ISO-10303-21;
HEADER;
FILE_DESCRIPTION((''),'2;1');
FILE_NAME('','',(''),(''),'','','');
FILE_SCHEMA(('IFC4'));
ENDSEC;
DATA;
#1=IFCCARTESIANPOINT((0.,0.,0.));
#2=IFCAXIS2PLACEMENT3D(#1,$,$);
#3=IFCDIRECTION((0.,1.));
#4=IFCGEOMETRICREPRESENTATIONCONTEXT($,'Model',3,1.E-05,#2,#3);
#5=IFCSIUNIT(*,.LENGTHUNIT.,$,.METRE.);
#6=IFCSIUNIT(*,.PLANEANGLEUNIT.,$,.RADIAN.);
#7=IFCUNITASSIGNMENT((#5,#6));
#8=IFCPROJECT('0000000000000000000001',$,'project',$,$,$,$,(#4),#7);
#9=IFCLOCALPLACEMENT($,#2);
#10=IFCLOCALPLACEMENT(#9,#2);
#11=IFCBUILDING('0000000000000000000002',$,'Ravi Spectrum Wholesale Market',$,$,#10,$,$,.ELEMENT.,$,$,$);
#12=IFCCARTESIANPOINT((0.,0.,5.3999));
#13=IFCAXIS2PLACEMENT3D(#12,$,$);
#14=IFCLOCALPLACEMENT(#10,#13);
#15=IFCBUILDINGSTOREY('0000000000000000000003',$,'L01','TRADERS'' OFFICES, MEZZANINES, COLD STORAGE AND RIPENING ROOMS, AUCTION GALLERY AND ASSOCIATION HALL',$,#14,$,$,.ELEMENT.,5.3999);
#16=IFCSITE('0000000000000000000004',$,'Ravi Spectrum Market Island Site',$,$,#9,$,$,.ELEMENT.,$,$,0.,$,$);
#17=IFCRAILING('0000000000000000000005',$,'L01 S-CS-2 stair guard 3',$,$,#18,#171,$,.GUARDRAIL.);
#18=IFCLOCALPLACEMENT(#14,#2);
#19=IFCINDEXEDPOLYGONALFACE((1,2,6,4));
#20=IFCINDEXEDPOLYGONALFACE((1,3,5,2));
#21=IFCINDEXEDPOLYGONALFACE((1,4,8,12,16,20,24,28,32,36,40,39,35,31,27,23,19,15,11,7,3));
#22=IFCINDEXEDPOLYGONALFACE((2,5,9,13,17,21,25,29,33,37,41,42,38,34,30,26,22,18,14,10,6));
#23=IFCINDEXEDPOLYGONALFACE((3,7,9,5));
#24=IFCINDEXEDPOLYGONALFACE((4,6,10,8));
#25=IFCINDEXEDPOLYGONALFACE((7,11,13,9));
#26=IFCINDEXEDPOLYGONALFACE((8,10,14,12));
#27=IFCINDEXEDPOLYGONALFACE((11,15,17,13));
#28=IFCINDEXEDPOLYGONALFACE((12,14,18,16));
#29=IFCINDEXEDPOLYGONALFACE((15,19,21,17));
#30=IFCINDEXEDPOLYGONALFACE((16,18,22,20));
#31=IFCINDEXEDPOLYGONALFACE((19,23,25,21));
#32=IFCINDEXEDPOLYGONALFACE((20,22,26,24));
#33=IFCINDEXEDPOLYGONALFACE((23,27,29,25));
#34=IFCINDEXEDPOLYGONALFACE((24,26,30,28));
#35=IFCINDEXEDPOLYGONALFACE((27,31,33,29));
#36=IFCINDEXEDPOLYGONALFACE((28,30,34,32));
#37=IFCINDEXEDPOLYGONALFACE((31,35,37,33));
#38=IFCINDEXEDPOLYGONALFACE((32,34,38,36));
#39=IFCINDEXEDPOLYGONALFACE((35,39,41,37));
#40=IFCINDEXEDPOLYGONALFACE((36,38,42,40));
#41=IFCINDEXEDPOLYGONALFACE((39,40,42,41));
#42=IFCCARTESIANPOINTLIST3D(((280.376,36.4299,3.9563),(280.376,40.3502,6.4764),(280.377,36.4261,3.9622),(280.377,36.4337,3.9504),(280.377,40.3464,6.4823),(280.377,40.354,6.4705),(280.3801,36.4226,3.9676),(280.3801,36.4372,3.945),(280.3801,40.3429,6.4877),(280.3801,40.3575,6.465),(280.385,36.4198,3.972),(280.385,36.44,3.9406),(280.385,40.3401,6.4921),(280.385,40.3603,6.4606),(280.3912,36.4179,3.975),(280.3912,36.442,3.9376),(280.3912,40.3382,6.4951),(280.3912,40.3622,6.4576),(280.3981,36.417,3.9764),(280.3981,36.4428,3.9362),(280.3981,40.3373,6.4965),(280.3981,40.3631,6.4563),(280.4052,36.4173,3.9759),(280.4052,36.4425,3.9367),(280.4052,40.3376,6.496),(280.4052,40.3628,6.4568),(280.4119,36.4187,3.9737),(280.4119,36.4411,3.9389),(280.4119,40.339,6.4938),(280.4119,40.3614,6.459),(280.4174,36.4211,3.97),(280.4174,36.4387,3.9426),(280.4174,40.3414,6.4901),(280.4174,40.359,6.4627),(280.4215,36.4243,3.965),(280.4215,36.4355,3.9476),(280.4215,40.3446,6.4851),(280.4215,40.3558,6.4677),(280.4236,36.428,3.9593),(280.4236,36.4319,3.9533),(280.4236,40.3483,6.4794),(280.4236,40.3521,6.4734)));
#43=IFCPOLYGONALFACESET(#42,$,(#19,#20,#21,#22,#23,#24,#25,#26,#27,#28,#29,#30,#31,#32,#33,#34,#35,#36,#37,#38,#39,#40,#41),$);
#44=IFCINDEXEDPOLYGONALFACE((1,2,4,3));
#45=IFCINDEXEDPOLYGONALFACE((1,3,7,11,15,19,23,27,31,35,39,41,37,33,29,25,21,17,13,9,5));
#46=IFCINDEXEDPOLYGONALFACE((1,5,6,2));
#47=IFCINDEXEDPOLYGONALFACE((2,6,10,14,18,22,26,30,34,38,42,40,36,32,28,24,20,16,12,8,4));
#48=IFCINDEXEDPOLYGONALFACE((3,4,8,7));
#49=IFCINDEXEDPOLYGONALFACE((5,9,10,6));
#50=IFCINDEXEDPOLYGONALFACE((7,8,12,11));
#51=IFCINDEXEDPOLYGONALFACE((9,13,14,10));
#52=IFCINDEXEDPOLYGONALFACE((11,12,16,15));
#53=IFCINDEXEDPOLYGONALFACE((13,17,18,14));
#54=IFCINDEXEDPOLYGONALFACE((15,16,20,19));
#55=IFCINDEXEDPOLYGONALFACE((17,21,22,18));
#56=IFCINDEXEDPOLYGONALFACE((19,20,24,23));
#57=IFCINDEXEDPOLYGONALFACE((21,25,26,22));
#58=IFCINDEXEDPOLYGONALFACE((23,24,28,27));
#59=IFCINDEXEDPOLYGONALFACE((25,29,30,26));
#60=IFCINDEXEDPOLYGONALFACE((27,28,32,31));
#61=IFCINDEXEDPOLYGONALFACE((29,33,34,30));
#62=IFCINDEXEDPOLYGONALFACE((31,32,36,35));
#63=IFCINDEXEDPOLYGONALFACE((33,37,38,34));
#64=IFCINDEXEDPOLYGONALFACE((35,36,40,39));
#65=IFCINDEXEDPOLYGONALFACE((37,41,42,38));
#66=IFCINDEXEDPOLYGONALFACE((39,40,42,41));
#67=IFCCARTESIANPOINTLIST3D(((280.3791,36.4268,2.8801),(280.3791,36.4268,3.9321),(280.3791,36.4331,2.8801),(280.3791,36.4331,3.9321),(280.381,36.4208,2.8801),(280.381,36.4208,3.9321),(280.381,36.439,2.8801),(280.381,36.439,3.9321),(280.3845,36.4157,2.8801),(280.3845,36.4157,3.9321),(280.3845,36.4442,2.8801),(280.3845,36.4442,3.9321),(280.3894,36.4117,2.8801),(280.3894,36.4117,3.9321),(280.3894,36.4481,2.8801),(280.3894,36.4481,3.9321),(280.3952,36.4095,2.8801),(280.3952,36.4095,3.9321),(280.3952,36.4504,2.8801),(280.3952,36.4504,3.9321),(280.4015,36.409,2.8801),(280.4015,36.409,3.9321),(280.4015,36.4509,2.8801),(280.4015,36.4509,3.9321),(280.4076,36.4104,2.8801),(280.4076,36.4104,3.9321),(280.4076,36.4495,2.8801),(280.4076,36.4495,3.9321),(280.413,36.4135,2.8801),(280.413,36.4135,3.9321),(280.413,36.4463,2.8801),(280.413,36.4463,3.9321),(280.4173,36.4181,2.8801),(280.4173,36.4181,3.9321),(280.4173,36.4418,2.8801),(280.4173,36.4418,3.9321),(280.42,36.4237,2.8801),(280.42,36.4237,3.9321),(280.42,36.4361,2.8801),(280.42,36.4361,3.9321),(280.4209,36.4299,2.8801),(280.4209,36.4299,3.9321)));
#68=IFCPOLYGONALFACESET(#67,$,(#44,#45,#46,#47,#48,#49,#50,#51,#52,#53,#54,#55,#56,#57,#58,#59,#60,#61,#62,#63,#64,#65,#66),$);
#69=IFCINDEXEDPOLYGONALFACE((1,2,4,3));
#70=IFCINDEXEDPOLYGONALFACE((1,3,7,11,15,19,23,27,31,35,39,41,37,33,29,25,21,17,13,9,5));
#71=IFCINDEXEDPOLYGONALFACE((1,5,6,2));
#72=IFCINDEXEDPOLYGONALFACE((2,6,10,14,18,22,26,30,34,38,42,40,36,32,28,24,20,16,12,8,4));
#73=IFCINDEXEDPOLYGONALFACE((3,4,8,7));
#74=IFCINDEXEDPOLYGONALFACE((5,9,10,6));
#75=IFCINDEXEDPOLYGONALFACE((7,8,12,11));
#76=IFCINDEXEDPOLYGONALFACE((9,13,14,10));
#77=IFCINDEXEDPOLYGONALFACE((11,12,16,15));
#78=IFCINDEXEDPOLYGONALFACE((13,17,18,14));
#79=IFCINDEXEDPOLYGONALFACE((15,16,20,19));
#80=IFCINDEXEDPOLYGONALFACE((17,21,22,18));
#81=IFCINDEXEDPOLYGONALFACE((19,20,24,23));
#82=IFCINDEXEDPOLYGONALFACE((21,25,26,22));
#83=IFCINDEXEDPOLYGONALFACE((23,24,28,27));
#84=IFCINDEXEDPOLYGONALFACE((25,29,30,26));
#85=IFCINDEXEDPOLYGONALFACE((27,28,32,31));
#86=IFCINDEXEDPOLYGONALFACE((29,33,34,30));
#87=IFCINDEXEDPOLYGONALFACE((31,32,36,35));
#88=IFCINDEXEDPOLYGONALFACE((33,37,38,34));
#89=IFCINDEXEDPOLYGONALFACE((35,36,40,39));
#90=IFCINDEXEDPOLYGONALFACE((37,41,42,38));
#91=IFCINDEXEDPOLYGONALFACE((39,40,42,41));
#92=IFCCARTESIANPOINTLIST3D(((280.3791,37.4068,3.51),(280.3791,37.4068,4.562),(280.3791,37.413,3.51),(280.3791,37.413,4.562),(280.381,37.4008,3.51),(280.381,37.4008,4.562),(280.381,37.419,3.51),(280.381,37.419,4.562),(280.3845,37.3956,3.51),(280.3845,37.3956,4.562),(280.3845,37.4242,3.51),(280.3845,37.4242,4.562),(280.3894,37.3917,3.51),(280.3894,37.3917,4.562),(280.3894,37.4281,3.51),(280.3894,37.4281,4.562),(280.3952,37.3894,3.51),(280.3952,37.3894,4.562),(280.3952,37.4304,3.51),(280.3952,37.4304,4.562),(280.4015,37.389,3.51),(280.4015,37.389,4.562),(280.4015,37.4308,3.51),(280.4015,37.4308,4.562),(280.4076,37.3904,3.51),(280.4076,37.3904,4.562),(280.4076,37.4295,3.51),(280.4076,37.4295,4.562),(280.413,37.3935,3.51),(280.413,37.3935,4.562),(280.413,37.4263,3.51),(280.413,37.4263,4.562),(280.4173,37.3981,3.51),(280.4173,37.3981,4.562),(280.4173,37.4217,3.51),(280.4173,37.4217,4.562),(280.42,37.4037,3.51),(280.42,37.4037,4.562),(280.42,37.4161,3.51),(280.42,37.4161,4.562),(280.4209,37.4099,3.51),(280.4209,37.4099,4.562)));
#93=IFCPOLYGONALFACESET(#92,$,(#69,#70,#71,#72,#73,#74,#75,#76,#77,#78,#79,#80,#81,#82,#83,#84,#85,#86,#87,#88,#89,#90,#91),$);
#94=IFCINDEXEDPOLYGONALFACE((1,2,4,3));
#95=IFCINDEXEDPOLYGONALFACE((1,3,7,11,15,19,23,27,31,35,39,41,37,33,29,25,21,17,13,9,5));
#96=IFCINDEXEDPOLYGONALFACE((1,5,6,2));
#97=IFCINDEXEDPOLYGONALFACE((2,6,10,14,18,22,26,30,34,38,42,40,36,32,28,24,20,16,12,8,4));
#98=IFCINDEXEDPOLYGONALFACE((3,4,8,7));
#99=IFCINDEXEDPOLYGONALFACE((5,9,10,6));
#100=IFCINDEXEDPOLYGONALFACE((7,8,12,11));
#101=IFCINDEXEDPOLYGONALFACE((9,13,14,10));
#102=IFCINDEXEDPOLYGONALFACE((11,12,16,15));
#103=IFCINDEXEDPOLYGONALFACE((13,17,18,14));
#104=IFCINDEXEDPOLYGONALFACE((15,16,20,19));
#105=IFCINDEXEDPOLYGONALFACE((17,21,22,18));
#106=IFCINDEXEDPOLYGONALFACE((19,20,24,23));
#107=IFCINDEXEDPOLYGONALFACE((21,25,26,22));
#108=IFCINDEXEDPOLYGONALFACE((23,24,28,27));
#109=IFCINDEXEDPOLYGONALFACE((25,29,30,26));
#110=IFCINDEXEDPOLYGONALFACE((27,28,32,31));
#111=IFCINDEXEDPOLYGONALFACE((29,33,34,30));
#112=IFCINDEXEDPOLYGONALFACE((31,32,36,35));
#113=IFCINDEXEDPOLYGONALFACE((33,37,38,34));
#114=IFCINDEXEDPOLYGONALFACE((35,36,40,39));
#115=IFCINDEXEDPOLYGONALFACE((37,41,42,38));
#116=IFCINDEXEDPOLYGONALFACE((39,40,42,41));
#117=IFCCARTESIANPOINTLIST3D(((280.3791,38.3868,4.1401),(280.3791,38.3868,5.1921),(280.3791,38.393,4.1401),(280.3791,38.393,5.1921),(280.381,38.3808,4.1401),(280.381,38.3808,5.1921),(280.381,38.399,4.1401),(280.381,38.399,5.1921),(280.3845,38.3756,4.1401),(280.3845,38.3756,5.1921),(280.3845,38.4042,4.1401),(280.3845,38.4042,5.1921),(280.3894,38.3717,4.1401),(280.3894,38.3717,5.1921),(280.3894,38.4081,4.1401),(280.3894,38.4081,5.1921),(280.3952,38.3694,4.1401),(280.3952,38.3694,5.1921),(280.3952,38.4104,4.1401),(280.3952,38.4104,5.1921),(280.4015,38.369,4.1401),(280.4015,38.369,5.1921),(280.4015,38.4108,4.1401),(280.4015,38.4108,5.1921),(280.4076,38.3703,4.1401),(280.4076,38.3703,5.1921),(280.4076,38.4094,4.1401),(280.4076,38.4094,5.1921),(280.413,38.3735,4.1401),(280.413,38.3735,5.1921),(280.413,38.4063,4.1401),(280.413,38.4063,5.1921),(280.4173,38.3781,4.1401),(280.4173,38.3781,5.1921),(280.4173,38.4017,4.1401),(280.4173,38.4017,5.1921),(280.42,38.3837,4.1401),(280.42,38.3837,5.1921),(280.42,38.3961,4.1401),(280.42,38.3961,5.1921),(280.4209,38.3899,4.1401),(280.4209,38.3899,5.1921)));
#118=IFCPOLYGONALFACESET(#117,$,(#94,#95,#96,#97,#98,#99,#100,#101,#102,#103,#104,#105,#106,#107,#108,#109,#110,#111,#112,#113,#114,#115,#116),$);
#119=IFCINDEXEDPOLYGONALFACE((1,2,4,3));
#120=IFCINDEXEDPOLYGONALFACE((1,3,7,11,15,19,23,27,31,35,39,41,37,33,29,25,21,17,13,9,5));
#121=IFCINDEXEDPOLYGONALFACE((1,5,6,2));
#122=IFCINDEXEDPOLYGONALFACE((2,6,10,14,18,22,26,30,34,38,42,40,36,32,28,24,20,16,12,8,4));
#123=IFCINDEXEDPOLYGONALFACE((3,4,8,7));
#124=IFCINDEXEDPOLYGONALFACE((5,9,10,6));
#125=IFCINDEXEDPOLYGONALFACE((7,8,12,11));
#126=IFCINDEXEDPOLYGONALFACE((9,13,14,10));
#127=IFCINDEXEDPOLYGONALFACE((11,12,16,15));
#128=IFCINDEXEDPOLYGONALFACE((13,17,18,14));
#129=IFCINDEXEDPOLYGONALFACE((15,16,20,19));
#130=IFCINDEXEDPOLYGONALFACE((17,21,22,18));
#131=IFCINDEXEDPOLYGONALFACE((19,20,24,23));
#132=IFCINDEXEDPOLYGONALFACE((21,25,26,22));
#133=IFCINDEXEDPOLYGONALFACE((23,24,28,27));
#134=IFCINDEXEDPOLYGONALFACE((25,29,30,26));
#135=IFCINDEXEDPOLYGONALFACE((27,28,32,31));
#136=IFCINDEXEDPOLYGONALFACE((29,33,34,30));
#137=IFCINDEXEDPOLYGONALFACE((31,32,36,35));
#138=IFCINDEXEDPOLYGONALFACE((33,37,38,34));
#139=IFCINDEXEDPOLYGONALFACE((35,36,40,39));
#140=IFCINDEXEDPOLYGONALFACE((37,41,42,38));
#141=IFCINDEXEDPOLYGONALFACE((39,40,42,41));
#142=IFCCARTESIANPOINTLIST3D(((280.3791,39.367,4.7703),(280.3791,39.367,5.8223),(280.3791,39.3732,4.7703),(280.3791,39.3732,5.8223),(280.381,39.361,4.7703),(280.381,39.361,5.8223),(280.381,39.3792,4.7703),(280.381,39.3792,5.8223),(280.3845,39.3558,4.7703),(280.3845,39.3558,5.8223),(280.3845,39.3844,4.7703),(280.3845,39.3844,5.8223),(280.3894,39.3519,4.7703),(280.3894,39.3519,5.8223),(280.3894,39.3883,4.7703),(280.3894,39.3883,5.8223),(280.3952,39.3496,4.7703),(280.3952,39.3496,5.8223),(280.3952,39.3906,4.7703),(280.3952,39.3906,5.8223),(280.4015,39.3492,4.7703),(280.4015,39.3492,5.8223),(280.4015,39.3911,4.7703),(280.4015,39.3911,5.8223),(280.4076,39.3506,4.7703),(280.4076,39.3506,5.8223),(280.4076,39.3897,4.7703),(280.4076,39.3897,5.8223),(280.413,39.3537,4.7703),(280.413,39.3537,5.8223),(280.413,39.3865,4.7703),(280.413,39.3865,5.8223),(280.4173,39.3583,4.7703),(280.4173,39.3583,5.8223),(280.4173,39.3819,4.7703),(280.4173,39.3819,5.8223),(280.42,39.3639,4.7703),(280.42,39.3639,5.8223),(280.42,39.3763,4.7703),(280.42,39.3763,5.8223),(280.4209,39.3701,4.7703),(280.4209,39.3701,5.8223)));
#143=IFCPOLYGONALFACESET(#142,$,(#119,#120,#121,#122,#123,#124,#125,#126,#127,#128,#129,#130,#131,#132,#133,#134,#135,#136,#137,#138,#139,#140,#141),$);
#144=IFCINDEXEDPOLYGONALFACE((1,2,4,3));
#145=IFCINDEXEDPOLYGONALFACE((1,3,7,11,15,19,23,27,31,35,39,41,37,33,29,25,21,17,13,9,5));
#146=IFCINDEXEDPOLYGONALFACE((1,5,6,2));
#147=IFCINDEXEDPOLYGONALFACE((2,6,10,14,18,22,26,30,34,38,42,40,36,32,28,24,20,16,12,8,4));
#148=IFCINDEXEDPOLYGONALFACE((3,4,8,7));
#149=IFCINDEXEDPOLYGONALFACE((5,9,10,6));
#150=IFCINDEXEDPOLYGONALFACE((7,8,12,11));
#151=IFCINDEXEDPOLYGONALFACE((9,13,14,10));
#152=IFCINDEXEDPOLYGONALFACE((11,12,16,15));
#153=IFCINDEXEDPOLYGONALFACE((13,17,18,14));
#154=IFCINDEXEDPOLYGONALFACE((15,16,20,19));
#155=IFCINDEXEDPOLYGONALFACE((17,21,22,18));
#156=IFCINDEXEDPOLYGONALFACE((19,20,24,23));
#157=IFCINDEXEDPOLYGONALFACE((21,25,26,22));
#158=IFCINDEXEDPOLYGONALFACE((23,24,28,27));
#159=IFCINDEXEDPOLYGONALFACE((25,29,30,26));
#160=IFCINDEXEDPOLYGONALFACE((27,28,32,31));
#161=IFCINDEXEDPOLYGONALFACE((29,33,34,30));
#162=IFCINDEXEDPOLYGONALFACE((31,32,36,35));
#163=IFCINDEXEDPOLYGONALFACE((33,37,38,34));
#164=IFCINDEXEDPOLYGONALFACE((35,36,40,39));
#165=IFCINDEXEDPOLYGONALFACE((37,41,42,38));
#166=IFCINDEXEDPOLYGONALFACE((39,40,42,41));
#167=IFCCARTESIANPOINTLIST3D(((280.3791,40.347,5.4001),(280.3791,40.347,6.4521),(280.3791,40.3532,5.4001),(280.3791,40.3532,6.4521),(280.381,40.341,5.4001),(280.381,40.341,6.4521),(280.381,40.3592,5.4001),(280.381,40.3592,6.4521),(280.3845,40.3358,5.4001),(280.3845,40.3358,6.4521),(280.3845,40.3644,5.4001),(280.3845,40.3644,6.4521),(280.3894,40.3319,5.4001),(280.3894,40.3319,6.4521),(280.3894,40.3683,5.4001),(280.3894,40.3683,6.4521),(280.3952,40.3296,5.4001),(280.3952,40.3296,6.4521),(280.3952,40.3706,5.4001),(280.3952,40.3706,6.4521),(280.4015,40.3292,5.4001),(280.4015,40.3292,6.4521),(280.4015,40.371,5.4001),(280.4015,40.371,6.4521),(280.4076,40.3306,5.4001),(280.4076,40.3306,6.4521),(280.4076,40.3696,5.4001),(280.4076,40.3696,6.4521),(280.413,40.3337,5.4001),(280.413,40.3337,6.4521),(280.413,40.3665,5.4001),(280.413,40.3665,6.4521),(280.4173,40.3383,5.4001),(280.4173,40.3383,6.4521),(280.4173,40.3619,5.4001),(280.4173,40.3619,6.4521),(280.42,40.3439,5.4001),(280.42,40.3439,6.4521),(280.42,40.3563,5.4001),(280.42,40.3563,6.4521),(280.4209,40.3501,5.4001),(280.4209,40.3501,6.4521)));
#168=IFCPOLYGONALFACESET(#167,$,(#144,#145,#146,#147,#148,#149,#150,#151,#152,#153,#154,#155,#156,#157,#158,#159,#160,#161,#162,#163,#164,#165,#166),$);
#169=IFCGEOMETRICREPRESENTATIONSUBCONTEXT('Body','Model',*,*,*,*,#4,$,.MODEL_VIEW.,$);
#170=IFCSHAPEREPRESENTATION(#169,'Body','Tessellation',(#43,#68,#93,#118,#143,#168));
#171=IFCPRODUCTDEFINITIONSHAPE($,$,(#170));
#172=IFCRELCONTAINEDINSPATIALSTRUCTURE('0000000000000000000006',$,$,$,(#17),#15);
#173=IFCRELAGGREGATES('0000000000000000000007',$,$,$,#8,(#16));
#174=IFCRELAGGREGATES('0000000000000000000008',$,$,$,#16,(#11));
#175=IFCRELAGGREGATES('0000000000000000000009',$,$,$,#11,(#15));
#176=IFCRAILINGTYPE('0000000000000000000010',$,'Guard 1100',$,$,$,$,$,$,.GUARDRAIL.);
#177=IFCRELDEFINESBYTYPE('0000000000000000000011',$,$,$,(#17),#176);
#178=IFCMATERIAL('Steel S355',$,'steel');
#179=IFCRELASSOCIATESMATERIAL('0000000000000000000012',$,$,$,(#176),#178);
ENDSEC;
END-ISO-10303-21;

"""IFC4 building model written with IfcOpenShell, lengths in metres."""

from ifc_helpers import new_model, si_unit, direction, frame, origin, origin_2d, place, context, subcontext, project, spatial, circle, extrude, material, type_object, element, save


model = new_model("IFC4")

# Units and contexts
model_context = context("Model", 3, precision=1e-05, world=origin(), true_north=direction((0.0, 1.0)))
body_context = subcontext(model_context, "Body", "Model", "MODEL_VIEW")
ifc_project = project(units=[si_unit("LENGTHUNIT", "METRE"), si_unit("PLANEANGLEUNIT", "RADIAN")], contexts=[model_context])

# Site, building, storey
site_placement = place(None, origin())
site = spatial("IfcSite", under=ifc_project, at=site_placement, Name="Ravi Spectrum Market Island Site", CompositionType="ELEMENT", RefElevation=0.0)
building_placement = place(site_placement, origin())
building = spatial("IfcBuilding", under=site, at=building_placement, Name="Ravi Spectrum Wholesale Market", CompositionType="ELEMENT")
storey_placement = place(building_placement, frame((0.0, 0.0, 5.3999)))
storey = spatial("IfcBuildingStorey", under=building, at=storey_placement, Name="L01", Description="TRADERS' OFFICES, MEZZANINES, COLD STORAGE AND RIPENING ROOMS, AUCTION GALLERY AND ASSOCIATION HALL", CompositionType="ELEMENT", Elevation=5.3999)

# Railing
ifc_material_1 = material(Name="Steel S355", Category="steel")
railing_type_1 = type_object("IfcRailingType", Name="Guard 1100", PredefinedType="GUARDRAIL", material=ifc_material_1)
railing_1_placement = place(storey_placement, frame((280.3999, 36.4299, 2.8801)))
element("IfcRailing", 1, at=railing_1_placement, inside=storey, type_object=railing_type_1, Name="L01 S-CS-2 stair guard 3", PredefinedType="GUARDRAIL", context=body_context, shape_type="SweptSolid", body=[
    extrude(circle(Radius=0.0239, at=origin_2d()), frame((0.0, 0.0, 1.0762), z_axis=(0.0, 0.841187, 0.540744), x_axis=(-1.0, 0.0, 0.0)), (0.0, 0.0, 1.0), 4.6604),
    extrude(circle(Radius=0.021, at=origin_2d()), origin(), (0.0, 0.0, 1.0), 1.052),
    extrude(circle(Radius=0.021, at=origin_2d()), frame((0.0, 0.98, 0.6299)), (0.0, 0.0, 1.0), 1.052),
    extrude(circle(Radius=0.021, at=origin_2d()), frame((0.0, 1.96, 1.26)), (0.0, 0.0, 1.0), 1.052),
    extrude(circle(Radius=0.021, at=origin_2d()), frame((0.0, 2.9402, 1.8901)), (0.0, 0.0, 1.0), 1.052),
    extrude(circle(Radius=0.021, at=origin_2d()), frame((0.0, 3.9202, 2.52)), (0.0, 0.0, 1.0), 1.052),
])

save(model, "model.ifc")
